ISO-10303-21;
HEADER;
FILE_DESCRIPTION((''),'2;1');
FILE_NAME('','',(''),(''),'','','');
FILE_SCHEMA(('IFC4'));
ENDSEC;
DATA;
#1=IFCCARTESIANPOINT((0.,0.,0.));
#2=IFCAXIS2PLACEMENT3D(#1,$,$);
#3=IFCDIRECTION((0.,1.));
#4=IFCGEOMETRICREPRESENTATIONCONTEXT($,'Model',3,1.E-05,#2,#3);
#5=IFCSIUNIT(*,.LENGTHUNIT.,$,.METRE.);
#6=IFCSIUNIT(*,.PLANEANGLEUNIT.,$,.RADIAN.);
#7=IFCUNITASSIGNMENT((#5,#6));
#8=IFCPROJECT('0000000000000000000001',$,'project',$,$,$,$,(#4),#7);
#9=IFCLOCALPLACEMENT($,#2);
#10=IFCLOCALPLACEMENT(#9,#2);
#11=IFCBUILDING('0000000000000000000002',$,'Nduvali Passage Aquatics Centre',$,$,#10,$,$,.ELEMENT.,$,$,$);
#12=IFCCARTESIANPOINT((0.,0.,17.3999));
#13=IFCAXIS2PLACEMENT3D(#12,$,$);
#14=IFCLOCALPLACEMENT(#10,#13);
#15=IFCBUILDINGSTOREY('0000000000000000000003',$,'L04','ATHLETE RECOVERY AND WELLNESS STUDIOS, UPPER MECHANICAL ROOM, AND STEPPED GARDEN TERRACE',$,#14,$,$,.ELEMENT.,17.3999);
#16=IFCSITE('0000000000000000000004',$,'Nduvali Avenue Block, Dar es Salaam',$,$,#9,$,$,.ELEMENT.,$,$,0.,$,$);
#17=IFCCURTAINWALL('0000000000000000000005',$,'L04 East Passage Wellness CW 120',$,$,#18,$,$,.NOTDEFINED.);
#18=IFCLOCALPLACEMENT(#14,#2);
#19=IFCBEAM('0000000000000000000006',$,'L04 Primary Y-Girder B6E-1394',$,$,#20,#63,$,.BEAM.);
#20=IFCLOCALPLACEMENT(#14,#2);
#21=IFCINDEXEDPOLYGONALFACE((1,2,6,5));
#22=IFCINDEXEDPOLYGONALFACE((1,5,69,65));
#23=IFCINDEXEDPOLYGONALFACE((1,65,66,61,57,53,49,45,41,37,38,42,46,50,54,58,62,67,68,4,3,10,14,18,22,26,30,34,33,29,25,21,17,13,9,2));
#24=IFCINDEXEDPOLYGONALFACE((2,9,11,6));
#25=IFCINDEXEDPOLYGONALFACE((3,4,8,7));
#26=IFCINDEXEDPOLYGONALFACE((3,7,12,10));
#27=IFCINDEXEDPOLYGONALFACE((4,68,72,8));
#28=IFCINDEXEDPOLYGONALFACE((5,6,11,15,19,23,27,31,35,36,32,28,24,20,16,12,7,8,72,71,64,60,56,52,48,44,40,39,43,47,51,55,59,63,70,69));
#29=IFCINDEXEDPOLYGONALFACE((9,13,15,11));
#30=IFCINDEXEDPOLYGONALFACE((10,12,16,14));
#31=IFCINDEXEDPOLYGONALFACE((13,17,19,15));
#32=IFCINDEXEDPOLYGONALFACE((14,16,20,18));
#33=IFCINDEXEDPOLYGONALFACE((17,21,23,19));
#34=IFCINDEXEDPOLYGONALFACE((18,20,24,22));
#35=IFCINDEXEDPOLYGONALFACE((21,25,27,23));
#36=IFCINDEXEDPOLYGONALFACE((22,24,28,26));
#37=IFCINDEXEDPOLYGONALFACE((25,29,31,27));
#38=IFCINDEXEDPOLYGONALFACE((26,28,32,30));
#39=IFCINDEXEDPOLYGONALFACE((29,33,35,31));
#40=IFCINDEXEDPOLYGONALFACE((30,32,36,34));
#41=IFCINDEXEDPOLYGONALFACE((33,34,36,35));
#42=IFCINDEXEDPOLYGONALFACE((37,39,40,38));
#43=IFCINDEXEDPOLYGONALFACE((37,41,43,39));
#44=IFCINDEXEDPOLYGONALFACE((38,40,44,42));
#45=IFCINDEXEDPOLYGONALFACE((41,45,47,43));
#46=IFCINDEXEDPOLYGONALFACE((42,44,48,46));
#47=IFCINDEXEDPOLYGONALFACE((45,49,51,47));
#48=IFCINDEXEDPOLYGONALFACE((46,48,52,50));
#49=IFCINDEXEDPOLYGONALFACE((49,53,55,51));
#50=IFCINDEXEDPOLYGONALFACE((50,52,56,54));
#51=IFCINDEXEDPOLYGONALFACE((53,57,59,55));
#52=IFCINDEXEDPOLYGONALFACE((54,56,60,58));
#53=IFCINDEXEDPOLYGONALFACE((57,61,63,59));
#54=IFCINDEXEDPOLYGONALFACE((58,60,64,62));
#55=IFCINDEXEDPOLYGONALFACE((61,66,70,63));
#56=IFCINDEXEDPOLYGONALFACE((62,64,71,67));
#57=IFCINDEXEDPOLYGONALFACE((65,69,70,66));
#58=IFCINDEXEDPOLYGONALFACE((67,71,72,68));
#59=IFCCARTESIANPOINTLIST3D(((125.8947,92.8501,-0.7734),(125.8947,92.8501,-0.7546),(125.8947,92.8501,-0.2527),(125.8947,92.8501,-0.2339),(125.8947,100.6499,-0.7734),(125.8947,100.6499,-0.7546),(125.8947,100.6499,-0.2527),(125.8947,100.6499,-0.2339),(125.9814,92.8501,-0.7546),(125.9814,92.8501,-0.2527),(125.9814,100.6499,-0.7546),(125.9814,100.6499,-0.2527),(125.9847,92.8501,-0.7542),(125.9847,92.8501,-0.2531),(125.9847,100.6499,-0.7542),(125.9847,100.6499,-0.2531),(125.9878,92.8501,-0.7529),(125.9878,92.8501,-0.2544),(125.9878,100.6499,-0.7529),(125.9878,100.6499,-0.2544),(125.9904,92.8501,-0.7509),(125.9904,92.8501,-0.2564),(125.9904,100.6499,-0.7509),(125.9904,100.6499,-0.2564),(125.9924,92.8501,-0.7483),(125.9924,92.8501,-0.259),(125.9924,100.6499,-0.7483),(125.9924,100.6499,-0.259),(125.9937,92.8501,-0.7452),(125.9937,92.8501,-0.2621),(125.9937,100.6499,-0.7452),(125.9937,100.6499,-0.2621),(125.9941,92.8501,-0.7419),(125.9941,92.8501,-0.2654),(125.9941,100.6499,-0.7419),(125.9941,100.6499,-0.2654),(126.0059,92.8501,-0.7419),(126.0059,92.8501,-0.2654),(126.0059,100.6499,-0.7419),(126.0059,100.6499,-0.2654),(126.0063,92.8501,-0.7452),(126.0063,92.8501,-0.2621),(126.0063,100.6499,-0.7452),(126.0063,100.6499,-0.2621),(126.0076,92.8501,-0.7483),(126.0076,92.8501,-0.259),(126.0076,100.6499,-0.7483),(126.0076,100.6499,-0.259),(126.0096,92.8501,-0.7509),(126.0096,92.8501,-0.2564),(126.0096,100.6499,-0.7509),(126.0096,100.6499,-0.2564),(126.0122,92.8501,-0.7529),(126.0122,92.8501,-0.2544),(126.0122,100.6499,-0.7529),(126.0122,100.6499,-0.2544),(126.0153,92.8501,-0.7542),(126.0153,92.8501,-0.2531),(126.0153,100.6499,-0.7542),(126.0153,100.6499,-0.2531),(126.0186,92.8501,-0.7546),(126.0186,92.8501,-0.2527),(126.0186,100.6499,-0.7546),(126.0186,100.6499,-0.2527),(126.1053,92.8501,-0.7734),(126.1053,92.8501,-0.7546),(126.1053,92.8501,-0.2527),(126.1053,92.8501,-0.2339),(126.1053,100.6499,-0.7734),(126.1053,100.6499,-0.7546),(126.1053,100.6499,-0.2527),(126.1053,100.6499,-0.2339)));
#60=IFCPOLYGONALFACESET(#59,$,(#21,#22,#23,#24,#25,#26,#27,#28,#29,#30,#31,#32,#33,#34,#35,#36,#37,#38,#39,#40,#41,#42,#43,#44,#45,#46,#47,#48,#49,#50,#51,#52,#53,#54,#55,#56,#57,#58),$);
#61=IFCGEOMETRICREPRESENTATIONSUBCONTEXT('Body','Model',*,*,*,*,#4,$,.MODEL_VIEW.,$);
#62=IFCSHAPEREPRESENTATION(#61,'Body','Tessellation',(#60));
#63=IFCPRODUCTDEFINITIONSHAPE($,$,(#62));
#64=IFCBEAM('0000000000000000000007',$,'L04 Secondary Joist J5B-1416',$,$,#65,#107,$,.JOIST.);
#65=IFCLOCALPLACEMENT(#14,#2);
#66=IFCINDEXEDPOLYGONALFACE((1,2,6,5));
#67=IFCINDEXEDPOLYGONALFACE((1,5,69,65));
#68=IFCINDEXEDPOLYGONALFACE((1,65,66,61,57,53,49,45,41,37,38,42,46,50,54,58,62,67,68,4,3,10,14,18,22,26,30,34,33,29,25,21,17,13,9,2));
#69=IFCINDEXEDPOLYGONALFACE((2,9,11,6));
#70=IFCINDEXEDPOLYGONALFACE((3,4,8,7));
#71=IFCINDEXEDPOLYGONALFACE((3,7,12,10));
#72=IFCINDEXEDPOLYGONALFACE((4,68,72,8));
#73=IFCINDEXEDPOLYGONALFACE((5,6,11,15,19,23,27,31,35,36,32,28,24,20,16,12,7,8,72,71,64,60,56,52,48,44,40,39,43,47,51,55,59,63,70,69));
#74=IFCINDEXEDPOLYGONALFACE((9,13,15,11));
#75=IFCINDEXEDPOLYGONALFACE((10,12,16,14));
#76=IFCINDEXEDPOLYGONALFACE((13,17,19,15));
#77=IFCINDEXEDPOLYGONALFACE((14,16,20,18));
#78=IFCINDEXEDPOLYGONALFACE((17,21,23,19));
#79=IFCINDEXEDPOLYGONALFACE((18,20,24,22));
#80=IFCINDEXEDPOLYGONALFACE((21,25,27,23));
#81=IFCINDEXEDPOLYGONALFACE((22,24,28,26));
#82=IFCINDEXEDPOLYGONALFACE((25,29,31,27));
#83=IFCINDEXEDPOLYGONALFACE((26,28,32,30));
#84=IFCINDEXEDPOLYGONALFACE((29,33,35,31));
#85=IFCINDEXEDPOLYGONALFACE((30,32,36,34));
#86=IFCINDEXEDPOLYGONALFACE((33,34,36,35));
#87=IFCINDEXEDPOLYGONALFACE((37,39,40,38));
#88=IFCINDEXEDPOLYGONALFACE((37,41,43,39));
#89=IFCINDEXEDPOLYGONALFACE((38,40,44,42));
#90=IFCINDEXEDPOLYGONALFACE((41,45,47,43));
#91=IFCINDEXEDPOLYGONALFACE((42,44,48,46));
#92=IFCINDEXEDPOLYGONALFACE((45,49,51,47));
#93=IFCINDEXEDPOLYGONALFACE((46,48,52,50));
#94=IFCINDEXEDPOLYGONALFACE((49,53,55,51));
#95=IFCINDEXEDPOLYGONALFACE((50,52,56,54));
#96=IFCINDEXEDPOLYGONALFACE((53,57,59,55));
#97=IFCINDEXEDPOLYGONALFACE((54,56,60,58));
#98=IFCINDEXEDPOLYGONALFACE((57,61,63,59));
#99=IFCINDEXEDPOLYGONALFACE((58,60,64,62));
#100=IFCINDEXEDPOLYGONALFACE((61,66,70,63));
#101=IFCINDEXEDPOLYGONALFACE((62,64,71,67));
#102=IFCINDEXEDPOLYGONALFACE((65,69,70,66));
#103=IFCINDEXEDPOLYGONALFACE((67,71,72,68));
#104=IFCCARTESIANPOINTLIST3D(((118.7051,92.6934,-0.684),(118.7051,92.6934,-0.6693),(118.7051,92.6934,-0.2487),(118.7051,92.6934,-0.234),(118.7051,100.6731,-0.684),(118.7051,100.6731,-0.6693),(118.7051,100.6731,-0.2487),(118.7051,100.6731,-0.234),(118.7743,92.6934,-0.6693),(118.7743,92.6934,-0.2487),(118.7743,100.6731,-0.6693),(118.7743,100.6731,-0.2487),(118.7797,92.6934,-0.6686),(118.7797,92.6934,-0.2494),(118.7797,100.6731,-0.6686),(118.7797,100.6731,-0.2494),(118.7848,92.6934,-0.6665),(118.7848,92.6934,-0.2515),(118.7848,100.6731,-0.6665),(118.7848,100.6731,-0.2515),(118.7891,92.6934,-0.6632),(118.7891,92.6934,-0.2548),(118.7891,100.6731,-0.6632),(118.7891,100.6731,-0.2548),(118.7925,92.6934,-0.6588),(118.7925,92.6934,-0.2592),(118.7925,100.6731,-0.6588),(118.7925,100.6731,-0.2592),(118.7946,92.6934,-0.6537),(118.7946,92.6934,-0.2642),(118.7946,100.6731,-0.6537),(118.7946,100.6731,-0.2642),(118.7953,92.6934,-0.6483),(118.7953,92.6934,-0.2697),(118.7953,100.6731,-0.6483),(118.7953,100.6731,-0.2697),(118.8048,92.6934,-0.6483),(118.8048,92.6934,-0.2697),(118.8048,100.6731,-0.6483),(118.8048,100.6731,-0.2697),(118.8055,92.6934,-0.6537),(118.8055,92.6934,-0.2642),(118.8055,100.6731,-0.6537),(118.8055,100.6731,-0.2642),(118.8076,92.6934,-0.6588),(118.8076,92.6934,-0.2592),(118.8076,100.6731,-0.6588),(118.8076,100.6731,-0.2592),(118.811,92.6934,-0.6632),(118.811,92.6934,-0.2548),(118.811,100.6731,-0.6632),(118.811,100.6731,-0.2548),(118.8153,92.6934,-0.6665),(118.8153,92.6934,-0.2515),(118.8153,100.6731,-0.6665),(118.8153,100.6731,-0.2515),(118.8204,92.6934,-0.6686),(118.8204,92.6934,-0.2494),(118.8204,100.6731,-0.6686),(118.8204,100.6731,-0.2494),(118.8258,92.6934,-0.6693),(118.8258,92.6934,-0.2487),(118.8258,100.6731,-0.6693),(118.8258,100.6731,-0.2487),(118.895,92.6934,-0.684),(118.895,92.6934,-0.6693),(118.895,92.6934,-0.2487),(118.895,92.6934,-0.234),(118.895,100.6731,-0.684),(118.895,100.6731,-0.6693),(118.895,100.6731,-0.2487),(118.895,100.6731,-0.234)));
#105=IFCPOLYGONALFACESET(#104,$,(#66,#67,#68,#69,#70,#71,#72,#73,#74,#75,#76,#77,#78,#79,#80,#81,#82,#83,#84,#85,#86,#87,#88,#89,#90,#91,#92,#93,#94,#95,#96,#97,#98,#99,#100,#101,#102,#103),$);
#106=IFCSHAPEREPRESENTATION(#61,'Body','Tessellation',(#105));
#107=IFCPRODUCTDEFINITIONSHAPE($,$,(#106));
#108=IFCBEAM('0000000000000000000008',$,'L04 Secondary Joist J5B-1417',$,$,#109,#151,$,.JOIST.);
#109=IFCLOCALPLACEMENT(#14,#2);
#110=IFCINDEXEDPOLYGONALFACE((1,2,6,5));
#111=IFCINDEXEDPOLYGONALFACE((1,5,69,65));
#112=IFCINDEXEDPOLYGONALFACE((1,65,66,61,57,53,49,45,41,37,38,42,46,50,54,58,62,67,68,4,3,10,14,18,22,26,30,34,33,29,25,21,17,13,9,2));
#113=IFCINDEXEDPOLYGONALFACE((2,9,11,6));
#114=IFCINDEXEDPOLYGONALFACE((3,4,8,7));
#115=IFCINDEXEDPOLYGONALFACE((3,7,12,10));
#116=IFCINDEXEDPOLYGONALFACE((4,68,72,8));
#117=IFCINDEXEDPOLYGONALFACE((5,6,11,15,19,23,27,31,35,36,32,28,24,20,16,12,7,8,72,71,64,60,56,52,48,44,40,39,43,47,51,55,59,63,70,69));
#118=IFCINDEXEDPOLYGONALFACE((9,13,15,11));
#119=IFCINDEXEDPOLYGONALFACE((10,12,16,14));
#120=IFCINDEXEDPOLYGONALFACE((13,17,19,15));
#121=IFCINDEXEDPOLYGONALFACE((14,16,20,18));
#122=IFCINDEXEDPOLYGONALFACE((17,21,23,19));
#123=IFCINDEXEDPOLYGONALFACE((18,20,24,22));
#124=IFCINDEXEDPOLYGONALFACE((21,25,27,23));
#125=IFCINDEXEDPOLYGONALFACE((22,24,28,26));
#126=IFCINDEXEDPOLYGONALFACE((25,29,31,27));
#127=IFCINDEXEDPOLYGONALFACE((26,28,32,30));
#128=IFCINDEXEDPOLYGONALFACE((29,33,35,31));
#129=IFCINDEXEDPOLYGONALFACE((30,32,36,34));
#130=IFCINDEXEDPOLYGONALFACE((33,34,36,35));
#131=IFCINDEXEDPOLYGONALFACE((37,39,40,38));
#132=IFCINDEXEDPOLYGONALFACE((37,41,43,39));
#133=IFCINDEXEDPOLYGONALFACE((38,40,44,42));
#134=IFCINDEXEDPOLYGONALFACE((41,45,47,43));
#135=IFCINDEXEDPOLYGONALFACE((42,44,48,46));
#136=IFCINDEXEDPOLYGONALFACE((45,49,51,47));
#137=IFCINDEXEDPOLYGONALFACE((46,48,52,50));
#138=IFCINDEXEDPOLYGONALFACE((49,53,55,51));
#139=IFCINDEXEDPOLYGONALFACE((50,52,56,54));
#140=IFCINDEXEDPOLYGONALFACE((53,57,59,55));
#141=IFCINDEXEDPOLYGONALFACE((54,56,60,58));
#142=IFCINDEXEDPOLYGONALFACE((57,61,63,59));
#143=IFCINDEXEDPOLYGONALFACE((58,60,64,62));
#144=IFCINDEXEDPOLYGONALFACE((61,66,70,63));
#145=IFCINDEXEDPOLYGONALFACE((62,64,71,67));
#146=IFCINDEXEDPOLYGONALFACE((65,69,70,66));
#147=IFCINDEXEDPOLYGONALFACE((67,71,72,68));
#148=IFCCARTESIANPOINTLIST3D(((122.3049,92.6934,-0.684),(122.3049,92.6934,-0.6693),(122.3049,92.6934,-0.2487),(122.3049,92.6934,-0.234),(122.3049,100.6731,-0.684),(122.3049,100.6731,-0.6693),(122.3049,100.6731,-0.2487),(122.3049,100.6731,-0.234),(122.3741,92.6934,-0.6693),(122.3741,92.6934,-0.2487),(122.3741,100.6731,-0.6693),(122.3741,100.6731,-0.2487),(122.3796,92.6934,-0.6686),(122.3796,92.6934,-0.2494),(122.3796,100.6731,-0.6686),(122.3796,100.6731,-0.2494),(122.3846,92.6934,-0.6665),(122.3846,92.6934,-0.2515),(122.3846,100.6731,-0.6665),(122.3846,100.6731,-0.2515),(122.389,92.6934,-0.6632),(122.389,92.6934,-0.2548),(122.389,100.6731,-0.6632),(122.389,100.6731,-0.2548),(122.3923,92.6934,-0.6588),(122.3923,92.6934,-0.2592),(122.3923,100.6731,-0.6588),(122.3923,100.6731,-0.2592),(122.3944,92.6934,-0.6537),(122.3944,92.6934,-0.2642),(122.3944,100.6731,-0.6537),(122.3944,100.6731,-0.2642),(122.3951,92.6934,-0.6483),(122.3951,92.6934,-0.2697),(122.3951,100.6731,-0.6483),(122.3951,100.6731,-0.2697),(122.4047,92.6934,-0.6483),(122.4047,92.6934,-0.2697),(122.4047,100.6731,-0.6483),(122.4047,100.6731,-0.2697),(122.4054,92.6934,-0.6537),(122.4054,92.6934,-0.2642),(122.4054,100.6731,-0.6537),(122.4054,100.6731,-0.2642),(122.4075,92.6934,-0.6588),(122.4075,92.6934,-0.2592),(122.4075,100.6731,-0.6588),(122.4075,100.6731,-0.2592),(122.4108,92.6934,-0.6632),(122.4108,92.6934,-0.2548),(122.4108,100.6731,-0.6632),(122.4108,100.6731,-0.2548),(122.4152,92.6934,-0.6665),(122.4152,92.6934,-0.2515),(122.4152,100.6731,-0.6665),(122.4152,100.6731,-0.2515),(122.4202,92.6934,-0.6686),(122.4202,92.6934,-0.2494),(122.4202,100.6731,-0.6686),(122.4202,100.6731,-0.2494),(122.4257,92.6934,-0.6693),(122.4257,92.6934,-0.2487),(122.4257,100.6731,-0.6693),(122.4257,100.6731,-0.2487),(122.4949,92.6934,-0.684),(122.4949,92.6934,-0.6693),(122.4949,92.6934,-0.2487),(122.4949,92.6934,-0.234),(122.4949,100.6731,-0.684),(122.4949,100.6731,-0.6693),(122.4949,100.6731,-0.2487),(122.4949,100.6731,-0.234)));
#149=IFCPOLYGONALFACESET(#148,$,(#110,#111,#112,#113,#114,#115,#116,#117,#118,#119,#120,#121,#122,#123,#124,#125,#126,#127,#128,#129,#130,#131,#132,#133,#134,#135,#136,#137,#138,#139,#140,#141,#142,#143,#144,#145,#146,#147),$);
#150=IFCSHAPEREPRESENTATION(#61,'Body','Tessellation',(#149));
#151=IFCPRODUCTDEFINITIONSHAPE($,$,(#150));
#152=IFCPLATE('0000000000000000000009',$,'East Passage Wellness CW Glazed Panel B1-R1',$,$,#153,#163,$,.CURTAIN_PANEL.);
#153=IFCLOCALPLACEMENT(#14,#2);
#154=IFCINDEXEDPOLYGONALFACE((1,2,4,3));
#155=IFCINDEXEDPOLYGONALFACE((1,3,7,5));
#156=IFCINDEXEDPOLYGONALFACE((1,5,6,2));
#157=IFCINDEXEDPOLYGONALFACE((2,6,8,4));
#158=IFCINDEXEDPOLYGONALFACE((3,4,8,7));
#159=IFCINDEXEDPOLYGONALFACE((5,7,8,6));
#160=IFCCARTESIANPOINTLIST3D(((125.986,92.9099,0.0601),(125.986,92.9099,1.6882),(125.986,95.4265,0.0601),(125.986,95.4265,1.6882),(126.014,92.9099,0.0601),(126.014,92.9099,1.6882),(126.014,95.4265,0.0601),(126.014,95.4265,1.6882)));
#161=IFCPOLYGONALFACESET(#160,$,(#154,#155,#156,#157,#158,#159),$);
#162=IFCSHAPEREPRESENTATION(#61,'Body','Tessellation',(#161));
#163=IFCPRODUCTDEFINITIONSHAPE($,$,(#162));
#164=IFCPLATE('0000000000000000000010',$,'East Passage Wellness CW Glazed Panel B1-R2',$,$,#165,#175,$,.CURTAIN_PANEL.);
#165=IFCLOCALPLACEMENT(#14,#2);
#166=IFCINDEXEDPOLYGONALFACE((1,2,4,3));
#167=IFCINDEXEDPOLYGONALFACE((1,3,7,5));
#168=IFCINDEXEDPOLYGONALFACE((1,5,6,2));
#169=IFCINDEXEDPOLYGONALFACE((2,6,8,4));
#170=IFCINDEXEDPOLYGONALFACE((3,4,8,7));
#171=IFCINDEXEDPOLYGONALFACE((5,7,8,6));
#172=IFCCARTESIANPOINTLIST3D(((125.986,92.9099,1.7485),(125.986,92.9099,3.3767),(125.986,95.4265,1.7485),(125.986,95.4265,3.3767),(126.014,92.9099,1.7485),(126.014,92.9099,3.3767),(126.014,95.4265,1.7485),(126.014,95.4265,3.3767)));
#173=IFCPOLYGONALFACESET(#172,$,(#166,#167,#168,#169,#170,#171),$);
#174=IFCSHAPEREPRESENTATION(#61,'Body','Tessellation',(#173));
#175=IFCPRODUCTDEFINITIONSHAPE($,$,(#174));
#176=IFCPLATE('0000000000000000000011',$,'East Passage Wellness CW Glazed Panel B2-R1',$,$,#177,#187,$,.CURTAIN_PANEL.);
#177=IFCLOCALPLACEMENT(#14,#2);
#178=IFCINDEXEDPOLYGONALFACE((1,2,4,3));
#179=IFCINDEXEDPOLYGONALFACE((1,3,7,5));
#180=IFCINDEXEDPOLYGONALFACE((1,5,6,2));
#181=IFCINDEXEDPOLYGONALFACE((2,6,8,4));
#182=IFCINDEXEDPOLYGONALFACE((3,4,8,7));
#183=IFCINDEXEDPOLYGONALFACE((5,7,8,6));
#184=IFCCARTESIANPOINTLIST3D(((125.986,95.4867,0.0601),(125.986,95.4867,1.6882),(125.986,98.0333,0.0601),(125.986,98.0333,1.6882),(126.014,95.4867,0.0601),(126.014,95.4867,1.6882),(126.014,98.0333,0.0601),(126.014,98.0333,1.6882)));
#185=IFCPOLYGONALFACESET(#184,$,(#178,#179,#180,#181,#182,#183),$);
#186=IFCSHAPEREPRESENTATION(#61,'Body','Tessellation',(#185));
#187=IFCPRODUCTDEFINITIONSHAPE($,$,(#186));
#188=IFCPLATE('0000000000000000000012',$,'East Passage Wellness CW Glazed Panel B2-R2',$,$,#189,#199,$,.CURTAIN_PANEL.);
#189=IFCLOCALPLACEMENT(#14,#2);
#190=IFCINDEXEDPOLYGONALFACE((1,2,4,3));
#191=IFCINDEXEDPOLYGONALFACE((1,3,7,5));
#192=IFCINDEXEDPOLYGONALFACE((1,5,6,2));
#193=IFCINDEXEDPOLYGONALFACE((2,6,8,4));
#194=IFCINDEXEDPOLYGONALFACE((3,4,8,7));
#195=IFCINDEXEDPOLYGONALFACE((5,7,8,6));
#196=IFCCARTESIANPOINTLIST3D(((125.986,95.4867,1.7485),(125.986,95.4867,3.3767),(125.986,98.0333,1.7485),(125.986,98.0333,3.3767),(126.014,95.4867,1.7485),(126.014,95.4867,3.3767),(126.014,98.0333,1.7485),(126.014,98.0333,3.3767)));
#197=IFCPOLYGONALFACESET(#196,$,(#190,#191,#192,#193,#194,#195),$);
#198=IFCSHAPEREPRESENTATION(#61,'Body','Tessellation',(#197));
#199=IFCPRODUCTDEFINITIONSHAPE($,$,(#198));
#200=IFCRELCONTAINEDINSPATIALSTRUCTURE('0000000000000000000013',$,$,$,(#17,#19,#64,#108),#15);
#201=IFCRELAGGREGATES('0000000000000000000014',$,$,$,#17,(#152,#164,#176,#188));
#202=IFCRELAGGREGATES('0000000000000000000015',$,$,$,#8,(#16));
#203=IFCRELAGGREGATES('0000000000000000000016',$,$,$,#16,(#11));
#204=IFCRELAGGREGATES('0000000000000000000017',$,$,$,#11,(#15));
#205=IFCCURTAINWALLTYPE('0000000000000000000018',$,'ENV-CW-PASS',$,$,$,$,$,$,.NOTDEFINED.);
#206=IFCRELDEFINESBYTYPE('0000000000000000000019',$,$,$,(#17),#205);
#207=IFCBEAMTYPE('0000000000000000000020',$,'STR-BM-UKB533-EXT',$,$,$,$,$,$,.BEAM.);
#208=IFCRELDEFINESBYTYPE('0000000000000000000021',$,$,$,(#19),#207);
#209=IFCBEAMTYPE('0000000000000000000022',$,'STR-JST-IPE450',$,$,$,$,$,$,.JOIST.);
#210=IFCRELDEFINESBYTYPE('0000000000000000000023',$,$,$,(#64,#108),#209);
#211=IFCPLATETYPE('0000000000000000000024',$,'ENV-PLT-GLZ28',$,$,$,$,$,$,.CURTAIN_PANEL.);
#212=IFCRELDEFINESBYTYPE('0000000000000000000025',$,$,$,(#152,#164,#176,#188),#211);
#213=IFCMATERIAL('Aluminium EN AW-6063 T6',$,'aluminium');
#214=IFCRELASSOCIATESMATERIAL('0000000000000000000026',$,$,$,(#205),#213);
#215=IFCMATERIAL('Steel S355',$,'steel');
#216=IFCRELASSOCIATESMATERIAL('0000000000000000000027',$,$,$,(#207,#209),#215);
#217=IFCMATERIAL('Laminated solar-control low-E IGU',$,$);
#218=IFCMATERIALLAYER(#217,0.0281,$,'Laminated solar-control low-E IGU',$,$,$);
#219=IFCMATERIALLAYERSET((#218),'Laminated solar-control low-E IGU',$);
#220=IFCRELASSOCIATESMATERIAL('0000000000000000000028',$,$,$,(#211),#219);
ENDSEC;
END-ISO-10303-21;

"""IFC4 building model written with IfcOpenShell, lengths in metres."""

from ifc_helpers import new_model, si_unit, direction, frame, origin, origin_2d, place, context, subcontext, project, spatial, rectangle, i_section, extrude, material, layer, layer_set, material_profile, profile_set, type_object, element, aggregate, save


model = new_model("IFC4")

# Units and contexts
model_context = context("Model", 3, precision=1e-05, world=origin(), true_north=direction((0.0, 1.0)))
body_context = subcontext(model_context, "Body", "Model", "MODEL_VIEW")
ifc_project = project(units=[si_unit("LENGTHUNIT", "METRE"), si_unit("PLANEANGLEUNIT", "RADIAN")], contexts=[model_context])

# Site, building, storey
site_placement = place(None, origin())
site = spatial("IfcSite", under=ifc_project, at=site_placement, Name="Nduvali Avenue Block, Dar es Salaam", CompositionType="ELEMENT", RefElevation=0.0)
building_placement = place(site_placement, origin())
building = spatial("IfcBuilding", under=site, at=building_placement, Name="Nduvali Passage Aquatics Centre", CompositionType="ELEMENT")
storey_placement = place(building_placement, frame((0.0, 0.0, 17.3999)))
storey = spatial("IfcBuildingStorey", under=building, at=storey_placement, Name="L04", Description="ATHLETE RECOVERY AND WELLNESS STUDIOS, UPPER MECHANICAL ROOM, AND STEPPED GARDEN TERRACE", CompositionType="ELEMENT", Elevation=17.3999)

# Curtain wall
ifc_material_1 = material(Name="Aluminium EN AW-6063 T6", Category="aluminium")
curtain_wall_type = type_object("IfcCurtainWallType", Name="ENV-CW-PASS", PredefinedType="NOTDEFINED", material=ifc_material_1)
curtain_wall_placement = place(storey_placement, origin())
curtain_wall = element("IfcCurtainWall", 1, at=curtain_wall_placement, inside=storey, type_object=curtain_wall_type, Name="L04 East Passage Wellness CW 120", PredefinedType="NOTDEFINED")

# Beams
ifc_material_2 = material(Name="Steel S355", Category="steel")
ifc_material_profile_1 = material_profile(ifc_material_2, i_section(OverallWidth=0.2107, OverallDepth=0.5396, WebThickness=0.0117, FlangeThickness=0.0188, FilletRadius=0.0127, at=origin_2d()), Name="UKB 533x210x109")
ifc_profile_set_1 = profile_set([ifc_material_profile_1], Name="Steel S355")
beam_type_1 = type_object("IfcBeamType", Name="STR-BM-UKB533-EXT", PredefinedType="BEAM", material=ifc_profile_set_1)
beam_placement = place(storey_placement, frame((126.0, 92.8501, -0.5037), z_axis=(0.0, 1.0, 0.0), x_axis=(-1.0, 0.0, 0.0)))
element("IfcBeam", 2, at=beam_placement, inside=storey, type_object=beam_type_1, Name="L04 Primary Y-Girder B6E-1394", PredefinedType="BEAM", context=body_context, shape_type="SweptSolid", body=[
    extrude(i_section(OverallWidth=0.2107, OverallDepth=0.5396, WebThickness=0.0117, FlangeThickness=0.0188, FilletRadius=0.0127, at=origin_2d()), origin(), (0.0, 0.0, 1.0), 7.7998),
])
ifc_material_profile_2 = material_profile(ifc_material_2, i_section(OverallWidth=0.1899, OverallDepth=0.45, WebThickness=0.0095, FlangeThickness=0.0146, FilletRadius=0.021, at=origin_2d()), Name="IPE 450")
ifc_profile_set_2 = profile_set([ifc_material_profile_2], Name="Steel S355")
beam_type_2 = type_object("IfcBeamType", Name="STR-JST-IPE450", PredefinedType="JOIST", material=ifc_profile_set_2)
for number, where, z_axis, x_axis, name in (
    (3, (118.8, 92.6934, -0.459), (0.0, 1.0, 0.0), (-1.0, 0.0, 0.0), "L04 Secondary Joist J5B-1416"),
    (4, (122.3999, 92.6934, -0.459), (0.0, 1.0, 0.0), (-1.0, 0.0, 0.0), "L04 Secondary Joist J5B-1417"),
):
    element("IfcBeam", number, at=place(storey_placement, frame(where, z_axis=z_axis, x_axis=x_axis)), inside=storey, type_object=beam_type_2, Name=name, PredefinedType="JOIST", context=body_context, shape_type="SweptSolid", body=[
        extrude(i_section(OverallWidth=0.1899, OverallDepth=0.45, WebThickness=0.0095, FlangeThickness=0.0146, FilletRadius=0.021, at=origin_2d()), origin(), (0.0, 0.0, 1.0), 7.9797),
    ])

# Plates
ifc_material_3 = material(Name="Laminated solar-control low-E IGU")
ifc_layer_1 = layer(ifc_material_3, 0.0281, Name="Laminated solar-control low-E IGU")
ifc_layer_set_1 = layer_set([ifc_layer_1], Name="Laminated solar-control low-E IGU")
plate_type = type_object("IfcPlateType", Name="ENV-PLT-GLZ28", PredefinedType="CURTAIN_PANEL", material=ifc_layer_set_1)
plate_1_placement = place(storey_placement, frame((126.0, 94.1682, 0.0601), z_axis=(0.0, 0.0, 1.0), x_axis=(0.0, 1.0, 0.0)))
plate_1 = element("IfcPlate", 5, at=plate_1_placement, type_object=plate_type, Name="East Passage Wellness CW Glazed Panel B1-R1", PredefinedType="CURTAIN_PANEL", context=body_context, shape_type="SweptSolid", body=[
    extrude(rectangle(XDim=2.5166, YDim=0.0281, at=origin_2d()), origin(), (0.0, 0.0, 1.0), 1.6282),
])
plate_2_placement = place(storey_placement, frame((126.0, 94.1682, 1.7485), z_axis=(0.0, 0.0, 1.0), x_axis=(0.0, 1.0, 0.0)))
plate_2 = element("IfcPlate", 6, at=plate_2_placement, type_object=plate_type, Name="East Passage Wellness CW Glazed Panel B1-R2", PredefinedType="CURTAIN_PANEL", context=body_context, shape_type="SweptSolid", body=[
    extrude(rectangle(XDim=2.5166, YDim=0.0281, at=origin_2d()), origin(), (0.0, 0.0, 1.0), 1.6282),
])
plate_3_placement = place(storey_placement, frame((126.0, 96.76, 0.0601), z_axis=(0.0, 0.0, 1.0), x_axis=(0.0, 1.0, 0.0)))
plate_3 = element("IfcPlate", 7, at=plate_3_placement, type_object=plate_type, Name="East Passage Wellness CW Glazed Panel B2-R1", PredefinedType="CURTAIN_PANEL", context=body_context, shape_type="SweptSolid", body=[
    extrude(rectangle(XDim=2.5466, YDim=0.0281, at=origin_2d()), origin(), (0.0, 0.0, 1.0), 1.6282),
])
plate_4_placement = place(storey_placement, frame((126.0, 96.76, 1.7485), z_axis=(0.0, 0.0, 1.0), x_axis=(0.0, 1.0, 0.0)))
plate_4 = element("IfcPlate", 8, at=plate_4_placement, type_object=plate_type, Name="East Passage Wellness CW Glazed Panel B2-R2", PredefinedType="CURTAIN_PANEL", context=body_context, shape_type="SweptSolid", body=[
    extrude(rectangle(XDim=2.5466, YDim=0.0281, at=origin_2d()), origin(), (0.0, 0.0, 1.0), 1.6282),
])
aggregate(curtain_wall, [plate_1, plate_2, plate_3, plate_4])

save(model, "model.ifc")
